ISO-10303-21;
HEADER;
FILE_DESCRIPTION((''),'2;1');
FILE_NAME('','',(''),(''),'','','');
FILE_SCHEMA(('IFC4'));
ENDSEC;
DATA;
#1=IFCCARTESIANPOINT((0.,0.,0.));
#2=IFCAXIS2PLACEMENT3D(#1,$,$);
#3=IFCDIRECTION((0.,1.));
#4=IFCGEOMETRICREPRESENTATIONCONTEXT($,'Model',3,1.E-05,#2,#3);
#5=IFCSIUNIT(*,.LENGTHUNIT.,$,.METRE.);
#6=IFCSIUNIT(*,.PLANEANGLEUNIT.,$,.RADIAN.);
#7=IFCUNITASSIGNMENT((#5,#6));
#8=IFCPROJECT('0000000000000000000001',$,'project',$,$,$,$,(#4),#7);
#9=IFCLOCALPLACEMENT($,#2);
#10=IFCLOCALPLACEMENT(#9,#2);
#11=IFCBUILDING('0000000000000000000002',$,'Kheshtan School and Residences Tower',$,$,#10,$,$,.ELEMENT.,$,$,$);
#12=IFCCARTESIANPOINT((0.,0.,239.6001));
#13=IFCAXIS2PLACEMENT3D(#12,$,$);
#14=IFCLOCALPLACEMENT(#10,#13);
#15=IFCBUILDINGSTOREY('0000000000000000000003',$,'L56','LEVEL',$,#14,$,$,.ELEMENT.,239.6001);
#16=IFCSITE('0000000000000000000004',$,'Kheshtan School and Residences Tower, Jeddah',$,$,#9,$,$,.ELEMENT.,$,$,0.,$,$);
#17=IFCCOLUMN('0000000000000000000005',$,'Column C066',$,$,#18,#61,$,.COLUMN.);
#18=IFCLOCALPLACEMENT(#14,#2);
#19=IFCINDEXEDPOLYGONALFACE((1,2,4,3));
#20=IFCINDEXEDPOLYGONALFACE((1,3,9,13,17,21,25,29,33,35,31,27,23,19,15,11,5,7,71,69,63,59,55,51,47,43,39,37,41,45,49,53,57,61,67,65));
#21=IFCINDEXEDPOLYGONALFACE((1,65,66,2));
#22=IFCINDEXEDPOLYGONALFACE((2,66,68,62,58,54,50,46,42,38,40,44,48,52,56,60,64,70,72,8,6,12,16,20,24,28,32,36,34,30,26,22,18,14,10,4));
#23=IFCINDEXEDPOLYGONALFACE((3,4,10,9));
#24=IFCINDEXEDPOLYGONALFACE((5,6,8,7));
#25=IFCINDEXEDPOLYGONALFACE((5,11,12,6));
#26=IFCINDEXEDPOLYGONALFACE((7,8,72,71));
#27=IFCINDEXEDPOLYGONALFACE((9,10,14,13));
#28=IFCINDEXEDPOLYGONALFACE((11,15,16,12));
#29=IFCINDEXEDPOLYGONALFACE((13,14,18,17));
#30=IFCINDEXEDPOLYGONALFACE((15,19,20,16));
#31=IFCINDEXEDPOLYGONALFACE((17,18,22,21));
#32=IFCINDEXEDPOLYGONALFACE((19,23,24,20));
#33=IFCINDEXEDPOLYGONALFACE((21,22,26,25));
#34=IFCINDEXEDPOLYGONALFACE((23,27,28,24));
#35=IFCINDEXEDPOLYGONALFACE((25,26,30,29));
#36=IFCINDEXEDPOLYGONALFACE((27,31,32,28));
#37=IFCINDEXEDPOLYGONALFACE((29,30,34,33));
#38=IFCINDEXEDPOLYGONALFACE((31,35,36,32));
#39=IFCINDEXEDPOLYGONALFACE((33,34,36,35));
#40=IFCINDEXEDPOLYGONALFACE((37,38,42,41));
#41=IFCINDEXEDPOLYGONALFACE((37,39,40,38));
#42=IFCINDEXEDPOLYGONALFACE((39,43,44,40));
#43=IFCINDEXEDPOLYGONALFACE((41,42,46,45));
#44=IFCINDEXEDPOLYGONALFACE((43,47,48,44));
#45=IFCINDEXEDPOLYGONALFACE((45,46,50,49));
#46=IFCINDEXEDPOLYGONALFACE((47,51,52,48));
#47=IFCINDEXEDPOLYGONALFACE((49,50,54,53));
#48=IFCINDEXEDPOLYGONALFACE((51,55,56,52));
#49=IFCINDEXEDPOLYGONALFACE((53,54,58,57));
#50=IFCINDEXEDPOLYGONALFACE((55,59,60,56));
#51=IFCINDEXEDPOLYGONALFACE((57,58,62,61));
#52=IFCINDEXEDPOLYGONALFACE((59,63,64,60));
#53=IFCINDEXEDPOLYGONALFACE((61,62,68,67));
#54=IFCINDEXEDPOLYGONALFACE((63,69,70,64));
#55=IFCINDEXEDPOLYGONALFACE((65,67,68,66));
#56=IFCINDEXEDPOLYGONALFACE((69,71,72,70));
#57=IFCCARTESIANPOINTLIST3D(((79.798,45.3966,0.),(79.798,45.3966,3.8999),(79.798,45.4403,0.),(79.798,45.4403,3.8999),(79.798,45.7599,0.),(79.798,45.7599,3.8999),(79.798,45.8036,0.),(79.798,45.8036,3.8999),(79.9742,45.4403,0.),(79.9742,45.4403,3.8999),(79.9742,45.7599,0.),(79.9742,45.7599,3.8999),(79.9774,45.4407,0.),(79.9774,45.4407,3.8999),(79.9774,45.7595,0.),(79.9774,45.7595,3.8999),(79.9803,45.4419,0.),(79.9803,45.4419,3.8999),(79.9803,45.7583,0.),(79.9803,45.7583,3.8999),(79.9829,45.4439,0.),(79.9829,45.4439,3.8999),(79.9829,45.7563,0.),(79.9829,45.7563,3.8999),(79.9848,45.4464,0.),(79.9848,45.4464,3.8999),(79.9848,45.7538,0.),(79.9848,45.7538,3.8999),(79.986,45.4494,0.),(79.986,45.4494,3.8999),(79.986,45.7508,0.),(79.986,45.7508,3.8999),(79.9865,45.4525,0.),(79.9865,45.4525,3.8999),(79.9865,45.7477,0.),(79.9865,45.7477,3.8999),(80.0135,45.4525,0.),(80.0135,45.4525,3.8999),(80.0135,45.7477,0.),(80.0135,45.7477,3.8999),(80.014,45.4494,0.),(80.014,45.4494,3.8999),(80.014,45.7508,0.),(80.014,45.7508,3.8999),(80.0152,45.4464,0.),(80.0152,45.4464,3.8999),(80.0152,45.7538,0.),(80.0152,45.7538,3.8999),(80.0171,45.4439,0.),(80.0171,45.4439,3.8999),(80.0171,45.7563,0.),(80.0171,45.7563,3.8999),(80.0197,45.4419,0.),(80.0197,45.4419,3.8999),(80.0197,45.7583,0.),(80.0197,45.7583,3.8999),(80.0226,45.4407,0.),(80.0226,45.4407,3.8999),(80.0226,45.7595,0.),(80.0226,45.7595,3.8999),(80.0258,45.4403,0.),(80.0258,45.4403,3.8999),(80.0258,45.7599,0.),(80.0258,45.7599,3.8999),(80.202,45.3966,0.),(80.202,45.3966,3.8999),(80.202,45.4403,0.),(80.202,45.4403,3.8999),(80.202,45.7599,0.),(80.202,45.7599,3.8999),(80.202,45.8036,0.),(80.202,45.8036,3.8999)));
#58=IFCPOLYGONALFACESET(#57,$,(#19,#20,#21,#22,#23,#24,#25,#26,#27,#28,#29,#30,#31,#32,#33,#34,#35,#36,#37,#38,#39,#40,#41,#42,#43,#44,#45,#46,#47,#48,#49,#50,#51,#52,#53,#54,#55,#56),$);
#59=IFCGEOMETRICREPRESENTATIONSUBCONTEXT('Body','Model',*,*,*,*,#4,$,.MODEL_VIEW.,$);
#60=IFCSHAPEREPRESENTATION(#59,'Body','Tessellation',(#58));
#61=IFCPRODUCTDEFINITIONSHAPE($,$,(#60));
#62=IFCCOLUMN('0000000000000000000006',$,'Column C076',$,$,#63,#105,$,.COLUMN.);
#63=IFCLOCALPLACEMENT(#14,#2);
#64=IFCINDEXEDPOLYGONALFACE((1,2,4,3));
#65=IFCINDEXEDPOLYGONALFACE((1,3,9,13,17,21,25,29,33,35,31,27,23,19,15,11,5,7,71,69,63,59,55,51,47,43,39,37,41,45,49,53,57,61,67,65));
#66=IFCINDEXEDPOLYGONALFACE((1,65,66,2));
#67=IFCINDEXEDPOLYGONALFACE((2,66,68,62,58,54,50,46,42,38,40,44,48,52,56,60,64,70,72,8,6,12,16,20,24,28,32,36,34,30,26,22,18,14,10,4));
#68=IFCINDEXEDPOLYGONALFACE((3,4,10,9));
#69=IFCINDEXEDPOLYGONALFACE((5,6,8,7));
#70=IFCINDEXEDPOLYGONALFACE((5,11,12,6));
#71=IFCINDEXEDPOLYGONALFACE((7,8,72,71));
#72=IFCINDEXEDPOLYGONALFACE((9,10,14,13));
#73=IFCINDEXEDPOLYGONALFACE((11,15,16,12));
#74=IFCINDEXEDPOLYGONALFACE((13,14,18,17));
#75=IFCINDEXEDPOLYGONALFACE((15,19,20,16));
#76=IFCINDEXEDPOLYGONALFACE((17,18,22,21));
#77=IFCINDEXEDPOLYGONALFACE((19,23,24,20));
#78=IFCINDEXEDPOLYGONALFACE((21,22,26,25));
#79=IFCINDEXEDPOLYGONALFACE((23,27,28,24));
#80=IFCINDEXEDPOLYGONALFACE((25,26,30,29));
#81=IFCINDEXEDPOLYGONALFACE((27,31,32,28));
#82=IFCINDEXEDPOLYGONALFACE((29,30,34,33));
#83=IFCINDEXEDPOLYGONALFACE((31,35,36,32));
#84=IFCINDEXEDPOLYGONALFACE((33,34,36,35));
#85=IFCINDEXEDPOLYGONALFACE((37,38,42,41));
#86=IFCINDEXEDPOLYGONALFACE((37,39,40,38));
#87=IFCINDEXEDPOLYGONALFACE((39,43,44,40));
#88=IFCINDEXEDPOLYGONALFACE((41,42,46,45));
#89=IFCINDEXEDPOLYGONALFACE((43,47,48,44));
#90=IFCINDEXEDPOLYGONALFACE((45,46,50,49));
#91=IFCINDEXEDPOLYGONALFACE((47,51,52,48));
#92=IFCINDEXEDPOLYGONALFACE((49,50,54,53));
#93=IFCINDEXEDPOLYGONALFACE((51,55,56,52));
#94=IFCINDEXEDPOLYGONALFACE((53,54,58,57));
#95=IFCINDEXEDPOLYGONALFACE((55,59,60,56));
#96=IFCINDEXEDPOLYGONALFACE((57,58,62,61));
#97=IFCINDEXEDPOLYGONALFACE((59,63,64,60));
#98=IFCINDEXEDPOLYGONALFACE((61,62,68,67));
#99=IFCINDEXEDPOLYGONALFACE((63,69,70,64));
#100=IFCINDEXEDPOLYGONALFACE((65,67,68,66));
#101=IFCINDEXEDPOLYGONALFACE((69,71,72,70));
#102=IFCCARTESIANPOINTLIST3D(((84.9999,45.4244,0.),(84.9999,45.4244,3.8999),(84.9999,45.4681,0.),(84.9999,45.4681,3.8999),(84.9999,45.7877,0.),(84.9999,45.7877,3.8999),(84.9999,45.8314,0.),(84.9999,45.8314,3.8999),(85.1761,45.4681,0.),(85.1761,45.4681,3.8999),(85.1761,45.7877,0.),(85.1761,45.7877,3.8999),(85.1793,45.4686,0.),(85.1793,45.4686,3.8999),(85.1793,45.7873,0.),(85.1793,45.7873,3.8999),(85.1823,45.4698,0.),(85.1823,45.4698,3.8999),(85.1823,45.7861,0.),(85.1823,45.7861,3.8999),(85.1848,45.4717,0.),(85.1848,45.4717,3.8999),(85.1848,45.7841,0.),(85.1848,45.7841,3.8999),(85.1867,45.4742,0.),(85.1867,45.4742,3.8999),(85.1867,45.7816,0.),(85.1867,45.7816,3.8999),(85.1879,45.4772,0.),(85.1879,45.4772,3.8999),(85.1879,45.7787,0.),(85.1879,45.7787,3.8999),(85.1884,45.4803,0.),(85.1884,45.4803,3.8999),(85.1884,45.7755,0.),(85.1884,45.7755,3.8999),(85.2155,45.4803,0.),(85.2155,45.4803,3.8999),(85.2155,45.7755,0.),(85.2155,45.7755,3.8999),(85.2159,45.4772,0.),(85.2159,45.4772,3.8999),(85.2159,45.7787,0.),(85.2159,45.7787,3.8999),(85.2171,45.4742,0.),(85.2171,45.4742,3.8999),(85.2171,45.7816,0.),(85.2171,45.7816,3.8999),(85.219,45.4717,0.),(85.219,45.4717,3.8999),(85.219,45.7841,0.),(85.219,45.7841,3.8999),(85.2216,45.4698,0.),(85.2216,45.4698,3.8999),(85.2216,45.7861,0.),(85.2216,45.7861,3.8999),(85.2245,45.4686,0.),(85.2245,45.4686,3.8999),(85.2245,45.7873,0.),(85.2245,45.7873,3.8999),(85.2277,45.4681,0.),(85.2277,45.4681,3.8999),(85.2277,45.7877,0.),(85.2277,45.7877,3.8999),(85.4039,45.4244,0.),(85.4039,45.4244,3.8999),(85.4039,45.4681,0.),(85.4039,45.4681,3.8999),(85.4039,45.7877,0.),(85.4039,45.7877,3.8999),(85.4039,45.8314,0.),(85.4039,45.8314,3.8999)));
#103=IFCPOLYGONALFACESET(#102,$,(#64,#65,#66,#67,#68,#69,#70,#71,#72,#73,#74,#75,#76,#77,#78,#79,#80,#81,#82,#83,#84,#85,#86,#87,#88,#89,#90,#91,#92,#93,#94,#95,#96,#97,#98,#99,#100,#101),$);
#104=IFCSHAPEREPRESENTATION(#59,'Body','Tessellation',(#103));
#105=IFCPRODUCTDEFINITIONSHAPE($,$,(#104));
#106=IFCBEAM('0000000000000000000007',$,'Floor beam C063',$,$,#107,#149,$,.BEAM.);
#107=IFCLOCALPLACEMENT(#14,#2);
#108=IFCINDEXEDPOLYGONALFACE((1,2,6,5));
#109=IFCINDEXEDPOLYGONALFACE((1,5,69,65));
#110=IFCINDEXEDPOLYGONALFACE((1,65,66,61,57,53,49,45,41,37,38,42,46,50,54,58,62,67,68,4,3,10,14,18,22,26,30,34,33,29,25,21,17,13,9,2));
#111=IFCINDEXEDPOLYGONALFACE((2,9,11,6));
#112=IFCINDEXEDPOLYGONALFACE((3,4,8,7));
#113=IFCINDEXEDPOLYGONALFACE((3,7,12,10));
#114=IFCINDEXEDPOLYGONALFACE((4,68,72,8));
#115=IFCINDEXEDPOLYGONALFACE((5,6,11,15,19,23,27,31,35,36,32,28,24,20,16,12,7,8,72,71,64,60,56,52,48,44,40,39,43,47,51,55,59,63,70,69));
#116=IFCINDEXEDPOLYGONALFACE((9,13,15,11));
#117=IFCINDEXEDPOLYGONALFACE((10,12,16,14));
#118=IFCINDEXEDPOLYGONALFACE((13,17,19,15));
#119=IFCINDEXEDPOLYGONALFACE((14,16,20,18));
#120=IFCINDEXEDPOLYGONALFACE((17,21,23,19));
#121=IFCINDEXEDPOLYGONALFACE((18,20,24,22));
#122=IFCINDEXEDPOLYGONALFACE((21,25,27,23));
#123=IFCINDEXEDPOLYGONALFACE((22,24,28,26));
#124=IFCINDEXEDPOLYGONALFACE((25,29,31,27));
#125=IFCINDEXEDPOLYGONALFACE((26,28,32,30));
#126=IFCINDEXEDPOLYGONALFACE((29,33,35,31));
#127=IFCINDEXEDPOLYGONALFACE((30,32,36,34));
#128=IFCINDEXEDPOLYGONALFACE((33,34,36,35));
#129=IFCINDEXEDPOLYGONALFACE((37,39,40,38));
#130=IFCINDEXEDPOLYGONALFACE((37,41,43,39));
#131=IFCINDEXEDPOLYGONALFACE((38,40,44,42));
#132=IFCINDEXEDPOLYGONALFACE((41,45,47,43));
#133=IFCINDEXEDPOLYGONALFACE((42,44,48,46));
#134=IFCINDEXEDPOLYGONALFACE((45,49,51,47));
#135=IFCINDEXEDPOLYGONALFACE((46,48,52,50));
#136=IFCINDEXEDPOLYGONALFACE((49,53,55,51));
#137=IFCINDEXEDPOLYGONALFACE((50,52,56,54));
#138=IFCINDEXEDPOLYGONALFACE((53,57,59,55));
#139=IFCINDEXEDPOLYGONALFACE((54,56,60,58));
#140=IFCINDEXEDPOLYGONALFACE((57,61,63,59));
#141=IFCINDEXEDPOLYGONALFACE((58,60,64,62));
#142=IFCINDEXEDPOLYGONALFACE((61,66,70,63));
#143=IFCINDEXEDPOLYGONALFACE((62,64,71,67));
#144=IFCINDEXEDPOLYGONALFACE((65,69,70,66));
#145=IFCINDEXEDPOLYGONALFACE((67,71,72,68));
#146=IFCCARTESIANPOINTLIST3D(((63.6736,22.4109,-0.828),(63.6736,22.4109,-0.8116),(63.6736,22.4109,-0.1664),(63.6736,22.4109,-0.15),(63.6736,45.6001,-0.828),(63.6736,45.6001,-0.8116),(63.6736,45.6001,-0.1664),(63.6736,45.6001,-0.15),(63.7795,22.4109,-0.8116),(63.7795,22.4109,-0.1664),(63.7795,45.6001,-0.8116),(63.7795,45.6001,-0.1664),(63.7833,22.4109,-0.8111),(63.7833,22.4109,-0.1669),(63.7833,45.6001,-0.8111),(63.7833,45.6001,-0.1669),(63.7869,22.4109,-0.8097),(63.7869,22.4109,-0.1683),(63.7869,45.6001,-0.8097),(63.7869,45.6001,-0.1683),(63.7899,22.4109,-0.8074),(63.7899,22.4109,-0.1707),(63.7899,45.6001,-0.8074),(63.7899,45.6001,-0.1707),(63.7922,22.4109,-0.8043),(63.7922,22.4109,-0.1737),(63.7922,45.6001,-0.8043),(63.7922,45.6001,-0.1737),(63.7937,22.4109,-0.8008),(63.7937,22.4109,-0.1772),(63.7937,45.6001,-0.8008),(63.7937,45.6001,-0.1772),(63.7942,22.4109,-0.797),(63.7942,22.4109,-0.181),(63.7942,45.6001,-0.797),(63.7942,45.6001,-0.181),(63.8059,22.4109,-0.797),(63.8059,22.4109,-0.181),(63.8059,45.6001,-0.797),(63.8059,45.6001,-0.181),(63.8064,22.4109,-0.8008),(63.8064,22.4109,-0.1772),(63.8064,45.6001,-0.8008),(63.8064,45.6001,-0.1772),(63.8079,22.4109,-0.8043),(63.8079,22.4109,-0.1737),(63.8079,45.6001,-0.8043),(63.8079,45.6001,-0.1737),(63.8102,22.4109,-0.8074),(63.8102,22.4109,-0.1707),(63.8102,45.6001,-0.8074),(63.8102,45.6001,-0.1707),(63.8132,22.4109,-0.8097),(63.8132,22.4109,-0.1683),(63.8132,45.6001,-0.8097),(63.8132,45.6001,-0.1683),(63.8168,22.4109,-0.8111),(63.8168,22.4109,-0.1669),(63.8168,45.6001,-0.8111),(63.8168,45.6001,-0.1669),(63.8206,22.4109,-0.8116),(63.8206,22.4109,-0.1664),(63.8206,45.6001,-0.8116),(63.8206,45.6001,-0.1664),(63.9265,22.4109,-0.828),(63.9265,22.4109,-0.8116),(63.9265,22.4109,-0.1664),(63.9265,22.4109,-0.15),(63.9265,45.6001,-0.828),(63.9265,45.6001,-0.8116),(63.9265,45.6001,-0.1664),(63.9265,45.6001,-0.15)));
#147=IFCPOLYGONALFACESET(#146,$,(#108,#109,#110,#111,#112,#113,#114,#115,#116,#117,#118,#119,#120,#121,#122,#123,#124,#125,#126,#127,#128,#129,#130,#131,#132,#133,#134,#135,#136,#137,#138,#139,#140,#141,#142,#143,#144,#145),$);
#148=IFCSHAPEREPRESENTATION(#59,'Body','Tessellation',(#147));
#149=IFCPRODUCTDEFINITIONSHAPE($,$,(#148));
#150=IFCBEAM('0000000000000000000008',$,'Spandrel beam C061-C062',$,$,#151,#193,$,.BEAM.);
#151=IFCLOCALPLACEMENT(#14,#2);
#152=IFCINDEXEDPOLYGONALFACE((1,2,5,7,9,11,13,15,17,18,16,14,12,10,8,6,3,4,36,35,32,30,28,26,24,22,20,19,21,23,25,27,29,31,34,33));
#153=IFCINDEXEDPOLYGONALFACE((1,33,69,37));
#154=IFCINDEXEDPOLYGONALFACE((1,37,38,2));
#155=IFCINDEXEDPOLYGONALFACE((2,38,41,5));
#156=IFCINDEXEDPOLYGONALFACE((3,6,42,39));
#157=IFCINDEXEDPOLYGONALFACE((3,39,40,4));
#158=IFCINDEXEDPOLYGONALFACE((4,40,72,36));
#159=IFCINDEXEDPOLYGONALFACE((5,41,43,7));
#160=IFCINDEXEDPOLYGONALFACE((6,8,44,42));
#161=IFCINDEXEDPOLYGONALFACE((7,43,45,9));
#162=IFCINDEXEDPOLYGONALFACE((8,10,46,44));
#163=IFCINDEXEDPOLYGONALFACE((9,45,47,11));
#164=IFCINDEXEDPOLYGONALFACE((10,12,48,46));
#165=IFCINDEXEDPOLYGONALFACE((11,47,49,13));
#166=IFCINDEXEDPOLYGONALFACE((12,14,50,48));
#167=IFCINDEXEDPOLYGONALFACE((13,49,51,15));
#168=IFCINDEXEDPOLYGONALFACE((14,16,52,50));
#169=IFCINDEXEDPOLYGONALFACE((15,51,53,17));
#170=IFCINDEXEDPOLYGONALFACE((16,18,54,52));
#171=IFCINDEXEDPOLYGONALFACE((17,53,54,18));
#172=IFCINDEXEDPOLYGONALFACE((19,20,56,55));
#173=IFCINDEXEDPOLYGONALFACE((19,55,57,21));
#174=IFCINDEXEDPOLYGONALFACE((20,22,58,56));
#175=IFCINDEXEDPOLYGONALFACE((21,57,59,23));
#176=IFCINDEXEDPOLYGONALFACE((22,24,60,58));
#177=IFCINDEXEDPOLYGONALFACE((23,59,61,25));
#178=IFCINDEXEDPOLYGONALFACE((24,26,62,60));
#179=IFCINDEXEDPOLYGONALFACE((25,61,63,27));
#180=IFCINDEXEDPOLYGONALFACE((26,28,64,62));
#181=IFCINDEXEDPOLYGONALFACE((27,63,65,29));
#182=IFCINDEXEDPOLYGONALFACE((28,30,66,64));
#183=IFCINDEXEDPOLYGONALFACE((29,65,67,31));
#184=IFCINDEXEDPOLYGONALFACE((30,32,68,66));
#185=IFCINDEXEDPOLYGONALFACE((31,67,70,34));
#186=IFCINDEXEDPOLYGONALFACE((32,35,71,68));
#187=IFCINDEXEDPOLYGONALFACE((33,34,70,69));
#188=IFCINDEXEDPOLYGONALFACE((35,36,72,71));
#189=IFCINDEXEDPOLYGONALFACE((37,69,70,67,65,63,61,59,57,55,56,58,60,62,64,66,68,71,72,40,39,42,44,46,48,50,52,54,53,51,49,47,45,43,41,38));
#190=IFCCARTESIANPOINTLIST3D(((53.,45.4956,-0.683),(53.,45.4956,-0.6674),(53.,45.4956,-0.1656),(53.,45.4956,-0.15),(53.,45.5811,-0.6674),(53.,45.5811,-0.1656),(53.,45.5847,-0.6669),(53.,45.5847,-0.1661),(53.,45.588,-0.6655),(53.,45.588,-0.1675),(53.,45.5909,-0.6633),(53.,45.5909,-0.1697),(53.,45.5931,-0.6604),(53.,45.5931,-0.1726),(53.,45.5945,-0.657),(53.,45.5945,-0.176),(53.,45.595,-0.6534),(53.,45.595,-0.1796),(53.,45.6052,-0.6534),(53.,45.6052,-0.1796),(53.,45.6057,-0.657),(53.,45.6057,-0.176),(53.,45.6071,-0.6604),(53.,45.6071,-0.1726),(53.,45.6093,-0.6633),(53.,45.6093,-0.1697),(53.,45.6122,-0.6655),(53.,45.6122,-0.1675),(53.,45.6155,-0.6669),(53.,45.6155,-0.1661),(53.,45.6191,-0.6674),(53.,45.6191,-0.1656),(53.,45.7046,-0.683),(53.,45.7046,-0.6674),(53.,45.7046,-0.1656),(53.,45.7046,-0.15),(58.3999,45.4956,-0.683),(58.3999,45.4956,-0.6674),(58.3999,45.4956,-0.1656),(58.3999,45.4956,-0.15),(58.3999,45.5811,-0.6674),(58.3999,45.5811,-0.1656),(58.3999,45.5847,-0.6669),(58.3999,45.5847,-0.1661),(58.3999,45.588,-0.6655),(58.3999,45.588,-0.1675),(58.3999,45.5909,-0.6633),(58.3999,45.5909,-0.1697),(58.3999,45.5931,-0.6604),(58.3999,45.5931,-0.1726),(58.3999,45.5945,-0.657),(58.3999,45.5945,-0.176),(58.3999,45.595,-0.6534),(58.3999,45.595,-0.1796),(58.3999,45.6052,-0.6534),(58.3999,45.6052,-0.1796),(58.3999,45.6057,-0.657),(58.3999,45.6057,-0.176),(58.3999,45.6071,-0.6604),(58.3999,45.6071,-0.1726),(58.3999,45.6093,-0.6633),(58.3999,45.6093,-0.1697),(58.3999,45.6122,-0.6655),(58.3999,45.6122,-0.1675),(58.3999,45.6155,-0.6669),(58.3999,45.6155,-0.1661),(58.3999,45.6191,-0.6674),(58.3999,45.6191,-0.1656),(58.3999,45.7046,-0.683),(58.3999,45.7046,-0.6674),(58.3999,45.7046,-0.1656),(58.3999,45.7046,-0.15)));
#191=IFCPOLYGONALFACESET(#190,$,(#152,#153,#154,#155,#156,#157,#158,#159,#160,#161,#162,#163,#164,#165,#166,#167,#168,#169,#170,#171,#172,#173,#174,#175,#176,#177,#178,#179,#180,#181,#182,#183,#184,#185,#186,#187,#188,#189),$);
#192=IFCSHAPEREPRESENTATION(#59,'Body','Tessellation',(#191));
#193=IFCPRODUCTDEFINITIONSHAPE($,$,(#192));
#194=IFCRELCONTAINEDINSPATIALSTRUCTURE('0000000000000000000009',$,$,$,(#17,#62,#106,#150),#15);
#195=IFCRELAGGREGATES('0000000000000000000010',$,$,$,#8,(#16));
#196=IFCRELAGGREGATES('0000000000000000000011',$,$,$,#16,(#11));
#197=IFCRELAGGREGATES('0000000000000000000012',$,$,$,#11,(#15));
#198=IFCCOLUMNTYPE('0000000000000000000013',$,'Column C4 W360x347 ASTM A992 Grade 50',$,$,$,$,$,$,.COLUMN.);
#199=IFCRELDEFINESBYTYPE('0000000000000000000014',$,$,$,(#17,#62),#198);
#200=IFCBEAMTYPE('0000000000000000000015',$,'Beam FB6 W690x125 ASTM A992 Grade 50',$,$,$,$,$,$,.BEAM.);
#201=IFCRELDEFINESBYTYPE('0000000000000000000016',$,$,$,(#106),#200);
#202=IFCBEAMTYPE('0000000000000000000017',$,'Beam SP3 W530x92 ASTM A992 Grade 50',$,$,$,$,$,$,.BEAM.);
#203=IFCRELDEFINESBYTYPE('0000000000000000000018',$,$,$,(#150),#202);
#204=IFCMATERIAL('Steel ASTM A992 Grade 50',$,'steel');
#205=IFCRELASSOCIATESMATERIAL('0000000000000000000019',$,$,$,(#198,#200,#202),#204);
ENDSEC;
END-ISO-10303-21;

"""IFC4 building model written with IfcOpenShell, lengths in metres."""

from ifc_helpers import new_model, si_unit, direction, frame, origin, origin_2d, place, context, subcontext, project, spatial, i_section, extrude, material, material_profile, profile_set, type_object, element, save


model = new_model("IFC4")

# Units and contexts
model_context = context("Model", 3, precision=1e-05, world=origin(), true_north=direction((0.0, 1.0)))
body_context = subcontext(model_context, "Body", "Model", "MODEL_VIEW")
ifc_project = project(units=[si_unit("LENGTHUNIT", "METRE"), si_unit("PLANEANGLEUNIT", "RADIAN")], contexts=[model_context])

# Site, building, storey
site_placement = place(None, origin())
site = spatial("IfcSite", under=ifc_project, at=site_placement, Name="Kheshtan School and Residences Tower, Jeddah", CompositionType="ELEMENT", RefElevation=0.0)
building_placement = place(site_placement, origin())
building = spatial("IfcBuilding", under=site, at=building_placement, Name="Kheshtan School and Residences Tower", CompositionType="ELEMENT")
storey_placement = place(building_placement, frame((0.0, 0.0, 239.6001)))
storey = spatial("IfcBuildingStorey", under=building, at=storey_placement, Name="L56", Description="LEVEL", CompositionType="ELEMENT", Elevation=239.6001)

# Columns
ifc_material_1 = material(Name="Steel ASTM A992 Grade 50", Category="steel")
ifc_material_profile_1 = material_profile(ifc_material_1, i_section(OverallWidth=0.4041, OverallDepth=0.407, WebThickness=0.0271, FlangeThickness=0.0437, FilletRadius=0.0122, at=origin_2d()), Name="W360x347")
ifc_profile_set_1 = profile_set([ifc_material_profile_1], Name="Steel ASTM A992 Grade 50")
column_type = type_object("IfcColumnType", Name="Column C4 W360x347 ASTM A992 Grade 50", PredefinedType="COLUMN", material=ifc_profile_set_1)
for number, where, z_axis, x_axis, name in (
    (1, (80.0, 45.6001, 0.0), (0.0, 0.0, 1.0), (1.0, 0.0, 0.0), "Column C066"),
    (2, (85.2019, 45.6279, 0.0), (0.0, 0.0, 1.0), (1.0, 0.0, 0.0), "Column C076"),
):
    element("IfcColumn", number, at=place(storey_placement, frame(where, z_axis=z_axis, x_axis=x_axis)), inside=storey, type_object=column_type, Name=name, PredefinedType="COLUMN", context=body_context, shape_type="SweptSolid", body=[
        extrude(i_section(OverallWidth=0.4041, OverallDepth=0.407, WebThickness=0.0271, FlangeThickness=0.0437, FilletRadius=0.0122, at=origin_2d()), origin(), (0.0, 0.0, 1.0), 3.8999),
    ])

# Beams
ifc_material_profile_2 = material_profile(ifc_material_1, i_section(OverallWidth=0.2529, OverallDepth=0.678, WebThickness=0.0117, FlangeThickness=0.0164, FilletRadius=0.0146, at=origin_2d()), Name="W690x125")
ifc_profile_set_2 = profile_set([ifc_material_profile_2], Name="Steel ASTM A992 Grade 50")
beam_type_1 = type_object("IfcBeamType", Name="Beam FB6 W690x125 ASTM A992 Grade 50", PredefinedType="BEAM", material=ifc_profile_set_2)
beam_1_placement = place(storey_placement, frame((63.8, 45.6001, -0.489), z_axis=(0.0, -1.0, 0.0), x_axis=(1.0, 0.0, 0.0)))
element("IfcBeam", 3, at=beam_1_placement, inside=storey, type_object=beam_type_1, Name="Floor beam C063", PredefinedType="BEAM", context=body_context, shape_type="SweptSolid", body=[
    extrude(i_section(OverallWidth=0.2529, OverallDepth=0.678, WebThickness=0.0117, FlangeThickness=0.0164, FilletRadius=0.0146, at=origin_2d()), origin(), (0.0, 0.0, 1.0), 23.1892),
])
ifc_material_profile_3 = material_profile(ifc_material_1, i_section(OverallWidth=0.209, OverallDepth=0.533, WebThickness=0.0103, FlangeThickness=0.0156, FilletRadius=0.0139, at=origin_2d()), Name="W530x92")
ifc_profile_set_3 = profile_set([ifc_material_profile_3], Name="Steel ASTM A992 Grade 50")
beam_type_2 = type_object("IfcBeamType", Name="Beam SP3 W530x92 ASTM A992 Grade 50", PredefinedType="BEAM", material=ifc_profile_set_3)
beam_2_placement = place(storey_placement, frame((53.0, 45.6001, -0.4165), z_axis=(1.0, 0.0, 0.0), x_axis=(0.0, 1.0, 0.0)))
element("IfcBeam", 4, at=beam_2_placement, inside=storey, type_object=beam_type_2, Name="Spandrel beam C061-C062", PredefinedType="BEAM", context=body_context, shape_type="SweptSolid", body=[
    extrude(i_section(OverallWidth=0.209, OverallDepth=0.533, WebThickness=0.0103, FlangeThickness=0.0156, FilletRadius=0.0139, at=origin_2d()), origin(), (0.0, 0.0, 1.0), 5.3999),
])

save(model, "model.ifc")
